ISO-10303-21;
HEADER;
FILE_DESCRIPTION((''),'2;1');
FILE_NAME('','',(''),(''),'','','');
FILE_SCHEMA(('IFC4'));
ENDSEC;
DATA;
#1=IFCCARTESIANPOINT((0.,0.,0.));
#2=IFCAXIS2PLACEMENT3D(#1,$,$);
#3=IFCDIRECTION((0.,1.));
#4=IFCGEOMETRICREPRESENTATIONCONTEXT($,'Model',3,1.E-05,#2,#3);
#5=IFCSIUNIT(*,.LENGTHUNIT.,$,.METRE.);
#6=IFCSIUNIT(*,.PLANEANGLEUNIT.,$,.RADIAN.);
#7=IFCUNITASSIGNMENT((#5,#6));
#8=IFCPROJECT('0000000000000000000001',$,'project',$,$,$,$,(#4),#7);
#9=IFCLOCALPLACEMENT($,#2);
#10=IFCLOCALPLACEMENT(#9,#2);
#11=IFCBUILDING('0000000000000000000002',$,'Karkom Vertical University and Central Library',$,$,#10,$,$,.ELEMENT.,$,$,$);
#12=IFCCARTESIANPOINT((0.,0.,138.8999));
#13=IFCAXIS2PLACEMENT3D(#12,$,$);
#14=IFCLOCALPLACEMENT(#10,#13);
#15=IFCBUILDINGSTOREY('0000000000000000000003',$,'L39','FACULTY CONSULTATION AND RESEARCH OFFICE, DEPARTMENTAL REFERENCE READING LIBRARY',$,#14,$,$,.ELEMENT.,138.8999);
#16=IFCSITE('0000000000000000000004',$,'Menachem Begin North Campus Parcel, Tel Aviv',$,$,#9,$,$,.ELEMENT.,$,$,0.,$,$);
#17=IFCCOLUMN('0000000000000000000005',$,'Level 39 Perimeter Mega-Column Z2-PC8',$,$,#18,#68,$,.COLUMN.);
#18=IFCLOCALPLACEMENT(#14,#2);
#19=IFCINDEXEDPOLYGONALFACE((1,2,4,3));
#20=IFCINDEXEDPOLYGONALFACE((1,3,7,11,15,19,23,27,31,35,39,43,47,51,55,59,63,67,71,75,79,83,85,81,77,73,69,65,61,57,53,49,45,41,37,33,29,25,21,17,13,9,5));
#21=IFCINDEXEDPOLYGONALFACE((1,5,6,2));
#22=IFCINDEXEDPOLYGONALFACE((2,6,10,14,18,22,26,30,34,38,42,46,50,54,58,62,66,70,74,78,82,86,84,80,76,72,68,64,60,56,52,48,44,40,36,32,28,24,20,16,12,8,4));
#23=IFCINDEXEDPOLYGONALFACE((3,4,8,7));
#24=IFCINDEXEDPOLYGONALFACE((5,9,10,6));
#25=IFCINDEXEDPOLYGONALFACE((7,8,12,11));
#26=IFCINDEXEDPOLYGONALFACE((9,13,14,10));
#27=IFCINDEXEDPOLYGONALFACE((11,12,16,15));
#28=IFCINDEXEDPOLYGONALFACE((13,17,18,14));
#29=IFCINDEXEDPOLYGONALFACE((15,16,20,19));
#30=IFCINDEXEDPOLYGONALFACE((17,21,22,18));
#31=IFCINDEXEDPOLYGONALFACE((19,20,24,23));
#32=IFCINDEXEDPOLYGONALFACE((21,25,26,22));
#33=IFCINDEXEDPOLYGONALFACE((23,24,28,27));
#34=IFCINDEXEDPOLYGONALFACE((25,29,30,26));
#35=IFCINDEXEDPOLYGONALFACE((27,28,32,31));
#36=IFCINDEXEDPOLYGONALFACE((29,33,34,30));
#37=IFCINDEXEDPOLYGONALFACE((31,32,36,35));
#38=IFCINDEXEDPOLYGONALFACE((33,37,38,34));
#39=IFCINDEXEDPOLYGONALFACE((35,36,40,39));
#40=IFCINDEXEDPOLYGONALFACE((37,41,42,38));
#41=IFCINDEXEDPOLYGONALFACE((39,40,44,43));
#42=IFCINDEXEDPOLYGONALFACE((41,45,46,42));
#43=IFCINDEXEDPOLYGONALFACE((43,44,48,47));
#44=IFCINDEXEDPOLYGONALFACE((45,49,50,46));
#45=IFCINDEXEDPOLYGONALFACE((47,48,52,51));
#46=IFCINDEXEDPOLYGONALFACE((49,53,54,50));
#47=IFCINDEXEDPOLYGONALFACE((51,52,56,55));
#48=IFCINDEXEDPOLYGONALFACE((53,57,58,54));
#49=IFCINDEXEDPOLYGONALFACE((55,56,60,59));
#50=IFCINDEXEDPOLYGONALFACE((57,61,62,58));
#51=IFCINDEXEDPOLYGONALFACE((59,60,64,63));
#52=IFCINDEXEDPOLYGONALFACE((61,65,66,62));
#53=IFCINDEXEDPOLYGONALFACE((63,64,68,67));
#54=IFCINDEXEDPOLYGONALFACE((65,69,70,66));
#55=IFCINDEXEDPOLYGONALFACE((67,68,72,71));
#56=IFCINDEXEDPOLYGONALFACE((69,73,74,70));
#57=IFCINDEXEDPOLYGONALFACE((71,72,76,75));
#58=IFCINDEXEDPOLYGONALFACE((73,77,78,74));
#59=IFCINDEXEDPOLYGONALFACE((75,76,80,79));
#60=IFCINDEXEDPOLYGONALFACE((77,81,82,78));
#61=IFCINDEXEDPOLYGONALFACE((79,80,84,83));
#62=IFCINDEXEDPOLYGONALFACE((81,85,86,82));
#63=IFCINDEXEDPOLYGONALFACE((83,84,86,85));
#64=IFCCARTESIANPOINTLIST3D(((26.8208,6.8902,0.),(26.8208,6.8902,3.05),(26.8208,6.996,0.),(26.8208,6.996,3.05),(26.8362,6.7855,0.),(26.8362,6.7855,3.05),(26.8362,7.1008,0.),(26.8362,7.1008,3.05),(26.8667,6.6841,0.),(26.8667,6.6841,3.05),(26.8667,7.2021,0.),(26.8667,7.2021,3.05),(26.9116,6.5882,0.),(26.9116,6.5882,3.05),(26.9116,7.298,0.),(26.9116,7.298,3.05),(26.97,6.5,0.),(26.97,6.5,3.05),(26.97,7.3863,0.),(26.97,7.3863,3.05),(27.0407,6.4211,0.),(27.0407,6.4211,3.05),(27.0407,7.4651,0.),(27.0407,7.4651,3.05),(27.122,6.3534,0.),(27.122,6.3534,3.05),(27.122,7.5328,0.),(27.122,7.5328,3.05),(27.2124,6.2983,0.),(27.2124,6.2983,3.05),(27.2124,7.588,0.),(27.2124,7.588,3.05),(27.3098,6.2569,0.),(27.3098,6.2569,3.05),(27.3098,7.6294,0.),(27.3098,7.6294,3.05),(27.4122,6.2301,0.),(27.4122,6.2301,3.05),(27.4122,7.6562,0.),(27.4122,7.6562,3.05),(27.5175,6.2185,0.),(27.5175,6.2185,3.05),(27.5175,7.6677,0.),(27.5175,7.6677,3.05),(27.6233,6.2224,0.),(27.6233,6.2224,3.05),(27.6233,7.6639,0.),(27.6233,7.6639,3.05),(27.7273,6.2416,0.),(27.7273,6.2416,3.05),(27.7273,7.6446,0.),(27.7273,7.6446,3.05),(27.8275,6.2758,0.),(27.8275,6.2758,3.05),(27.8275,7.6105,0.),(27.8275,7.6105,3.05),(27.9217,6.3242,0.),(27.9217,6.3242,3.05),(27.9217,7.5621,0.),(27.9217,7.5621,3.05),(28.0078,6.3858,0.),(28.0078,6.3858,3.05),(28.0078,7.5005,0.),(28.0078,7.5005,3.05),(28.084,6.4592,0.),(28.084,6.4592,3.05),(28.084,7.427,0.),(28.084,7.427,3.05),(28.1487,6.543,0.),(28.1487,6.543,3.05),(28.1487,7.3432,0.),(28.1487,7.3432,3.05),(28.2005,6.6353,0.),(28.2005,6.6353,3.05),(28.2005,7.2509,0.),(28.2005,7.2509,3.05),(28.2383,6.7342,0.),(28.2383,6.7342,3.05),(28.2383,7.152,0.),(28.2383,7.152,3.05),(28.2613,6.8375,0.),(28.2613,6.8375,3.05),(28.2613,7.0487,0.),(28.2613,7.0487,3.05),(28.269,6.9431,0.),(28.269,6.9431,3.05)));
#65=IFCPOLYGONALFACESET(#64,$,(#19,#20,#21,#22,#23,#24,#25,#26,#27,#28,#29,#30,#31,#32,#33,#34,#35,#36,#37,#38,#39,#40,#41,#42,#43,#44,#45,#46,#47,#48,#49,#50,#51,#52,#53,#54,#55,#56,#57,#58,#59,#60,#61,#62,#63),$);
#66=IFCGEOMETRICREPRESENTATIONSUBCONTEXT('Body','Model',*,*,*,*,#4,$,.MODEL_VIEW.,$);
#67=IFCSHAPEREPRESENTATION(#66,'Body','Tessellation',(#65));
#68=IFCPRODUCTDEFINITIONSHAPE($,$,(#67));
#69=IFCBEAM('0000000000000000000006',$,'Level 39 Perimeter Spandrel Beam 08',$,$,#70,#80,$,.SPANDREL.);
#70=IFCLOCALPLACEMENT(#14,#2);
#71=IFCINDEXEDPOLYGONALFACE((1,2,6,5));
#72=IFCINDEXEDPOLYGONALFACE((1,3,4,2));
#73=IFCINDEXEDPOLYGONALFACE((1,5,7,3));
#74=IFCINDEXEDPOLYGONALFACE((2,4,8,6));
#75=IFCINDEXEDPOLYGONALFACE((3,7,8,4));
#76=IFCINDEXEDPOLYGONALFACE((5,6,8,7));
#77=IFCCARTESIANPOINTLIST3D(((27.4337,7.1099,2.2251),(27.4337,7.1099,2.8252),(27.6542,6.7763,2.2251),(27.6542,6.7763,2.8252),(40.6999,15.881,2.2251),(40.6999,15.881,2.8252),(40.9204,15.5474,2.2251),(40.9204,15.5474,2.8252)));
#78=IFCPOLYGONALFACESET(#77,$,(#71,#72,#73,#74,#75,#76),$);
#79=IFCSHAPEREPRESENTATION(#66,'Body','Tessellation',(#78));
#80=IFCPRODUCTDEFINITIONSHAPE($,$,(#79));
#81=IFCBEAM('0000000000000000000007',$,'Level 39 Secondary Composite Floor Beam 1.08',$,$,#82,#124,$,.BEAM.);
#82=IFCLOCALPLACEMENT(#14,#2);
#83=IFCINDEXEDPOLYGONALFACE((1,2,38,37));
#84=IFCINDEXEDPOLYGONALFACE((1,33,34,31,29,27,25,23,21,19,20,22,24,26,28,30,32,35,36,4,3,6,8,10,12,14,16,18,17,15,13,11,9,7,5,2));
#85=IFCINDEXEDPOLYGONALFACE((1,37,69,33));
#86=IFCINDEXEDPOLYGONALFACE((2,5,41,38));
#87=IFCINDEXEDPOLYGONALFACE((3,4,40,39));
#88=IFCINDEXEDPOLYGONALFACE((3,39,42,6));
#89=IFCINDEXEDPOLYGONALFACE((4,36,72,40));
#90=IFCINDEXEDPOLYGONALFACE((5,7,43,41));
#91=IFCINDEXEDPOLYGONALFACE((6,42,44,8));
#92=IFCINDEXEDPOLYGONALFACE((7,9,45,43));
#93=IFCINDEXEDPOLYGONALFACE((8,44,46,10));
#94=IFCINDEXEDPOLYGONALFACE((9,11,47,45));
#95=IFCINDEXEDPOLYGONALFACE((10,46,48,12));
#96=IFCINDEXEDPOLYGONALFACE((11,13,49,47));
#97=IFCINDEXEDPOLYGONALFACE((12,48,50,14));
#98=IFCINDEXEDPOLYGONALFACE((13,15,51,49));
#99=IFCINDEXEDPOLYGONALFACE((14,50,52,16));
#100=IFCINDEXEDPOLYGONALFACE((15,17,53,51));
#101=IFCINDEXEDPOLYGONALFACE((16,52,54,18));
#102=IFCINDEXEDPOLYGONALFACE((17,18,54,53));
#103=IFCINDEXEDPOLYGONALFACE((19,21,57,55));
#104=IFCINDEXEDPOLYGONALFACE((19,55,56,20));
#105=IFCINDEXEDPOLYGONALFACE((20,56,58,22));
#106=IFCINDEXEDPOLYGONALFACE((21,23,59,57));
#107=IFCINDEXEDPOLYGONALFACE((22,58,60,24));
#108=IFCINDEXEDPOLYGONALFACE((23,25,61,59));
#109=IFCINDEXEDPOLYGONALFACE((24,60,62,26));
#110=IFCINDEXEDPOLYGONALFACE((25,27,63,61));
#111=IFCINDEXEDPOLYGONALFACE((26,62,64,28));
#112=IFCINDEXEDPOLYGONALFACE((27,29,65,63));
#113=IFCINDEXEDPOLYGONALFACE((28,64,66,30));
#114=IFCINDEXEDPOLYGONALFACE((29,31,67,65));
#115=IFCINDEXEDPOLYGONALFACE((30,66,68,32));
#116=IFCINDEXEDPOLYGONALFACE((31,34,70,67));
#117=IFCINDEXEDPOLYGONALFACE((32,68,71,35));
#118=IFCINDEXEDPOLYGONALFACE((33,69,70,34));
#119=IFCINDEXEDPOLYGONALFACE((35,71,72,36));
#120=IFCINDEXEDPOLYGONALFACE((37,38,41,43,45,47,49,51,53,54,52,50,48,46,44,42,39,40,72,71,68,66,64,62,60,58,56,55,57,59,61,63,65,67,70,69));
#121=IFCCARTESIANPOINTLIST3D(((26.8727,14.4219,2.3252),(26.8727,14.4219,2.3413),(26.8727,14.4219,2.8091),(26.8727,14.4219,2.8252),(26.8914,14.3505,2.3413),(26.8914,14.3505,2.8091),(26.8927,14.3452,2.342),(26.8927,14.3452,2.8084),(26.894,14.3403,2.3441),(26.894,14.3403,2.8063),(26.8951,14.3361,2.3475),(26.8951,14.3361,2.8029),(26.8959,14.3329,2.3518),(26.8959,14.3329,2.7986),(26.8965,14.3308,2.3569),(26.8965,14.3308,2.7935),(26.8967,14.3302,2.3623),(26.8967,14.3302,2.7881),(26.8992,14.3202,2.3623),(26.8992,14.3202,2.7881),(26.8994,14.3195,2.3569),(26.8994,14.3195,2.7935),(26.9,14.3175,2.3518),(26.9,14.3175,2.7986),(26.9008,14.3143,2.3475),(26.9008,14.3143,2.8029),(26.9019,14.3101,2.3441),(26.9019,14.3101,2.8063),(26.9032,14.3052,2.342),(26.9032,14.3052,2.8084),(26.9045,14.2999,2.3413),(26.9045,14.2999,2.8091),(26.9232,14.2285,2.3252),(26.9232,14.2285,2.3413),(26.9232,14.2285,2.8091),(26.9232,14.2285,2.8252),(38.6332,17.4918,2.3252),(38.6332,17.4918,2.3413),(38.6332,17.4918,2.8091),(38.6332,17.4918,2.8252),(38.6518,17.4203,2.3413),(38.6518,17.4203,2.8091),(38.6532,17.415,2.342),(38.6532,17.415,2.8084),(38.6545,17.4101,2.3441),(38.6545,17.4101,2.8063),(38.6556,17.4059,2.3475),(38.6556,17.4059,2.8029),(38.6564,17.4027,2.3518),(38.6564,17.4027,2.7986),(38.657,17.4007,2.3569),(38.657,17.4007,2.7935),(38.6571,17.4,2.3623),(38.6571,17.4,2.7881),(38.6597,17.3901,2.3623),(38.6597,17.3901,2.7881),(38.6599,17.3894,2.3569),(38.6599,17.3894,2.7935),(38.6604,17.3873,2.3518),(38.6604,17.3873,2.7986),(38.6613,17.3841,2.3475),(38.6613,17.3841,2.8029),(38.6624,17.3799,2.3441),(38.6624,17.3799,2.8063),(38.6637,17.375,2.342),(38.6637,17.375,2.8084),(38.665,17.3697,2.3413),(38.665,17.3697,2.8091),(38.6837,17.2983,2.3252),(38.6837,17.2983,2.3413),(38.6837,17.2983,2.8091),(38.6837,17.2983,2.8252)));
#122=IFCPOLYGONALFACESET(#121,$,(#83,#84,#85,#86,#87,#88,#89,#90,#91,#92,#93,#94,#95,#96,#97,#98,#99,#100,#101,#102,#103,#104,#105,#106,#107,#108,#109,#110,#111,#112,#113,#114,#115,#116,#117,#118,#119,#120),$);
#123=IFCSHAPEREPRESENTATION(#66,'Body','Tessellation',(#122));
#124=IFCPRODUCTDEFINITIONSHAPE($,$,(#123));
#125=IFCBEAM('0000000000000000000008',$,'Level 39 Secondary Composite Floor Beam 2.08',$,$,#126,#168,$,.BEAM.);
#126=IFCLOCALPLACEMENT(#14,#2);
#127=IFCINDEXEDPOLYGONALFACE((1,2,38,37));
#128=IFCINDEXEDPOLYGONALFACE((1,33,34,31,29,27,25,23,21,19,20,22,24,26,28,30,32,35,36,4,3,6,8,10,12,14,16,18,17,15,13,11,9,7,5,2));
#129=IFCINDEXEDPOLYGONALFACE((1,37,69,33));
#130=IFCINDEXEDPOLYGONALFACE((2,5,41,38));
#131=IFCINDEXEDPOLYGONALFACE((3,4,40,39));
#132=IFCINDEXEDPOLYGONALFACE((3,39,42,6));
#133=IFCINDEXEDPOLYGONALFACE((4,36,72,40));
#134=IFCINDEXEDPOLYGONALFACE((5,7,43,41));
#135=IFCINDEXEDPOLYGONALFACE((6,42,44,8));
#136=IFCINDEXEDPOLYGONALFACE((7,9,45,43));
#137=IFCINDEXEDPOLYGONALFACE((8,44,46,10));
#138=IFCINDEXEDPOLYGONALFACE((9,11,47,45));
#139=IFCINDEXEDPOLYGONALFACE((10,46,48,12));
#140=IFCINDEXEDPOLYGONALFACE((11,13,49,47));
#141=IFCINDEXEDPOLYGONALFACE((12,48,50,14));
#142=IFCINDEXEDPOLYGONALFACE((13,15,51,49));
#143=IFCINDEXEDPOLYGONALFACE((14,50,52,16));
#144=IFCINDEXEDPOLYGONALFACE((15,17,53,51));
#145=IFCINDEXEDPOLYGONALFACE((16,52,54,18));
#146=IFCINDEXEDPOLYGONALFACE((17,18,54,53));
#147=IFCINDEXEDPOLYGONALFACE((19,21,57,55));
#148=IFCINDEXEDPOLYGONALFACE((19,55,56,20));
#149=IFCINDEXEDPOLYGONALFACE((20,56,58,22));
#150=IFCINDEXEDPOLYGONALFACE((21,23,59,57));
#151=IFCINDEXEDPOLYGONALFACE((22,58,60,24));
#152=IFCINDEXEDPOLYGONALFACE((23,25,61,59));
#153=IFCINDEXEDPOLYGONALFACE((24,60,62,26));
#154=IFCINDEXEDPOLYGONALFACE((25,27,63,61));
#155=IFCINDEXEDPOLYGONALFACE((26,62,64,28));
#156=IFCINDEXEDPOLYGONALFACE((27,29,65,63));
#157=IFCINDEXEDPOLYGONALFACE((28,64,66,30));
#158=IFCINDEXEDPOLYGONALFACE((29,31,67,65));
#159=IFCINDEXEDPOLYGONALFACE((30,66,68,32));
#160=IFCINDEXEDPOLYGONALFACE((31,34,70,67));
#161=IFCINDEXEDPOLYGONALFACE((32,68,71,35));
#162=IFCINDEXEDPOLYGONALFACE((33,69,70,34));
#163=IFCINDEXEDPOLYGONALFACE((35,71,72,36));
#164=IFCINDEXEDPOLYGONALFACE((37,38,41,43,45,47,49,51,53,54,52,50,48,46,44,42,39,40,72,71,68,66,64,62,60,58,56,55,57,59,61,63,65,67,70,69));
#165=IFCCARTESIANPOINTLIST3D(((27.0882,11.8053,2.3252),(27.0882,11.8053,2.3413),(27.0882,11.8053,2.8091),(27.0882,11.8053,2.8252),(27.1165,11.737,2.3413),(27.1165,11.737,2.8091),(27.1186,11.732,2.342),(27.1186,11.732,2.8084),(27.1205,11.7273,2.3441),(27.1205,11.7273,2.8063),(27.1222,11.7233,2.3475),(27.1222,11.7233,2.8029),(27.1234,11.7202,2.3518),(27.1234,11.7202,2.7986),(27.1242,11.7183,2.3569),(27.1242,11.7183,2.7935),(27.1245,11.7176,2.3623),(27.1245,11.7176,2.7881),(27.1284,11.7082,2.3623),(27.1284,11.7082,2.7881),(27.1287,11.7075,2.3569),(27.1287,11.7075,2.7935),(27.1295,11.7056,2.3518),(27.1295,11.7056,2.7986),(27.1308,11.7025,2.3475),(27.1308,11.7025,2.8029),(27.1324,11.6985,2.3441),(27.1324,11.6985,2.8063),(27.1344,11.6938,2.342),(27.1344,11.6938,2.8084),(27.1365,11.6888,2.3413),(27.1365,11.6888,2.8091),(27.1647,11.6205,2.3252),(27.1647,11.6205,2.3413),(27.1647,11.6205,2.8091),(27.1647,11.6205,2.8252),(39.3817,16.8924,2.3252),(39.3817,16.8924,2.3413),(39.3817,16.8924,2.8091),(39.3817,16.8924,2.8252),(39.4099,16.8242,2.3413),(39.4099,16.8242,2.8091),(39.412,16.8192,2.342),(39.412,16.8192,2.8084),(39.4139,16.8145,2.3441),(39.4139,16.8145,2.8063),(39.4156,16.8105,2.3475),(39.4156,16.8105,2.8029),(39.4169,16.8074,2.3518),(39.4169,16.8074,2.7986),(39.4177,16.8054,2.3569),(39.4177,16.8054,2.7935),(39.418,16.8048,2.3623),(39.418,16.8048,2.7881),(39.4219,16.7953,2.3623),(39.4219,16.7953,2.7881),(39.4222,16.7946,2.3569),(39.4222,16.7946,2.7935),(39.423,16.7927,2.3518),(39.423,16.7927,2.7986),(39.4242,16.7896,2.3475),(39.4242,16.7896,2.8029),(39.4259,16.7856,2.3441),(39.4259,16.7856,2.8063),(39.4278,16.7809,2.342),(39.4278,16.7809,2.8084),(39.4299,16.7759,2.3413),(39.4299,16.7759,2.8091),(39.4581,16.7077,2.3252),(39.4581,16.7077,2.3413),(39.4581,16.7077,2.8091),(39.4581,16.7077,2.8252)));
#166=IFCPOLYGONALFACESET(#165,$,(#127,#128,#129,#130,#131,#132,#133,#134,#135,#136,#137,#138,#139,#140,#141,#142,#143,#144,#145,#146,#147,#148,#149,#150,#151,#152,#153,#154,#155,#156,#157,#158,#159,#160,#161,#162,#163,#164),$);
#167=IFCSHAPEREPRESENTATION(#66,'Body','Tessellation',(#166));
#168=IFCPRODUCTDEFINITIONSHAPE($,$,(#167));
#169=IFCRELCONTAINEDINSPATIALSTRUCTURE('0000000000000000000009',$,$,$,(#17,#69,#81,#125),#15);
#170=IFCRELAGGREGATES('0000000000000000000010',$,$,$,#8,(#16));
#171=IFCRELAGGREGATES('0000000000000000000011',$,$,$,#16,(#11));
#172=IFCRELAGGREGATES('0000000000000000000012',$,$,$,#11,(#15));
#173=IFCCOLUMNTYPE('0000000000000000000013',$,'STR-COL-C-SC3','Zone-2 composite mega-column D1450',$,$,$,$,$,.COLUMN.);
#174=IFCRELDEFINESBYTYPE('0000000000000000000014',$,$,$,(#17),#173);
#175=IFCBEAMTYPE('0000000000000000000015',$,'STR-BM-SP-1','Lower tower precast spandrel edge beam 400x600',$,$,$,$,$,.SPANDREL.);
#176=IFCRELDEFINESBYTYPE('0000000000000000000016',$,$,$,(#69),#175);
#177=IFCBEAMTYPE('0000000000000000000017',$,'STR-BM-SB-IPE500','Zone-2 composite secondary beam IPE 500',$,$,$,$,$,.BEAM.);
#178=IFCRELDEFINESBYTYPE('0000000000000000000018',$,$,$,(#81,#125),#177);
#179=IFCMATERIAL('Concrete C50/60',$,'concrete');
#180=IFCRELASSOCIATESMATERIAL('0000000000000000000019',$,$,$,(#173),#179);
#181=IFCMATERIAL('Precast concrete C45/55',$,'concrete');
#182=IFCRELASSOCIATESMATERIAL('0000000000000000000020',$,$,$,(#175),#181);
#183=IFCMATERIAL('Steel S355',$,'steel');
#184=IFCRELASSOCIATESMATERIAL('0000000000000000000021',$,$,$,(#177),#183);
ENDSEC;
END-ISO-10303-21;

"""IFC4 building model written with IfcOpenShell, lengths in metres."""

from ifc_helpers import new_model, si_unit, direction, frame, origin, origin_with_axes, origin_2d, place, context, subcontext, project, spatial, rectangle, circle, i_section, extrude, source, transform, mapped, material, material_profile, profile_set, type_object, element, save


model = new_model("IFC4")

# Units and contexts
model_context = context("Model", 3, precision=1e-05, world=origin(), true_north=direction((0.0, 1.0)))
body_context = subcontext(model_context, "Body", "Model", "MODEL_VIEW")
ifc_project = project(units=[si_unit("LENGTHUNIT", "METRE"), si_unit("PLANEANGLEUNIT", "RADIAN")], contexts=[model_context])

# Site, building, storey
site_placement = place(None, origin())
site = spatial("IfcSite", under=ifc_project, at=site_placement, Name="Menachem Begin North Campus Parcel, Tel Aviv", CompositionType="ELEMENT", RefElevation=0.0)
building_placement = place(site_placement, origin())
building = spatial("IfcBuilding", under=site, at=building_placement, Name="Karkom Vertical University and Central Library", CompositionType="ELEMENT")
storey_placement = place(building_placement, frame((0.0, 0.0, 138.8999)))
storey = spatial("IfcBuildingStorey", under=building, at=storey_placement, Name="L39", Description="FACULTY CONSULTATION AND RESEARCH OFFICE, DEPARTMENTAL REFERENCE READING LIBRARY", CompositionType="ELEMENT", Elevation=138.8999)

# Column
ifc_material_1 = material(Name="Concrete C50/60", Category="concrete")
ifc_material_profile_1 = material_profile(ifc_material_1, circle(Radius=0.7251, at=origin_2d()), Name="CFT-D1450")
ifc_profile_set_1 = profile_set([ifc_material_profile_1], Name="Concrete C50/60")
column_type = type_object("IfcColumnType", Name="STR-COL-C-SC3", Description="Zone-2 composite mega-column D1450", PredefinedType="COLUMN", material=ifc_profile_set_1)
shared_shape_1 = source(origin_with_axes(), body_context, "Body", "SweptSolid", [
    extrude(circle(Radius=0.7251, at=origin_2d()), origin(), (0.0, 0.0, 1.0), 3.05),
])
column_placement = place(storey_placement, frame((27.5439, 6.9431, 0.0), z_axis=(0.0, 0.0, 1.0), x_axis=(1.0, 0.0, 0.0)))
element("IfcColumn", 1, at=column_placement, inside=storey, type_object=column_type, Name="Level 39 Perimeter Mega-Column Z2-PC8", PredefinedType="COLUMN", context=body_context, shape_type="MappedRepresentation", body=[
    mapped(shared_shape_1, transform((0.0, 0.0, 0.0), scale=1.0)),
])

# Beams
ifc_material_2 = material(Name="Precast concrete C45/55", Category="concrete")
ifc_material_profile_2 = material_profile(ifc_material_2, rectangle(XDim=0.3999, YDim=0.6001, at=origin_2d()), Name="SPB-400x600")
ifc_profile_set_2 = profile_set([ifc_material_profile_2], Name="Precast concrete C45/55")
beam_type_1 = type_object("IfcBeamType", Name="STR-BM-SP-1", Description="Lower tower precast spandrel edge beam 400x600", PredefinedType="SPANDREL", material=ifc_profile_set_2)
shared_shape_2 = source(origin_with_axes(), body_context, "Body", "SweptSolid", [
    extrude(rectangle(XDim=0.3999, YDim=0.6001, at=origin_2d()), origin(), (0.0, 0.0, 1.0), 15.9036),
])
beam_1_placement = place(storey_placement, frame((27.5439, 6.9431, 2.5251), z_axis=(0.834165, 0.551515, 0.0), x_axis=(-0.551515, 0.834165, 0.0)))
element("IfcBeam", 2, at=beam_1_placement, inside=storey, type_object=beam_type_1, Name="Level 39 Perimeter Spandrel Beam 08", PredefinedType="SPANDREL", context=body_context, shape_type="MappedRepresentation", body=[
    mapped(shared_shape_2, transform((0.0, 0.0, 0.0), scale=1.0)),
])
ifc_material_3 = material(Name="Steel S355", Category="steel")
ifc_material_profile_3 = material_profile(ifc_material_3, i_section(OverallWidth=0.2, OverallDepth=0.5, WebThickness=0.0103, FlangeThickness=0.0161, FilletRadius=0.021, at=origin_2d()), Name="IPE 500")
ifc_profile_set_3 = profile_set([ifc_material_profile_3], Name="Steel S355")
beam_type_2 = type_object("IfcBeamType", Name="STR-BM-SB-IPE500", Description="Zone-2 composite secondary beam IPE 500", PredefinedType="BEAM", material=ifc_profile_set_3)
shared_shape_3 = source(origin_with_axes(), body_context, "Body", "SweptSolid", [
    extrude(i_section(OverallWidth=0.2, OverallDepth=0.5, WebThickness=0.0103, FlangeThickness=0.0161, FilletRadius=0.021, at=origin_2d()), origin(), (0.0, 0.0, 1.0), 12.1545),
])
beam_2_placement = place(storey_placement, frame((26.8979, 14.3252, 2.5752), z_axis=(0.96758, 0.252566, 0.0), x_axis=(-0.252566, 0.96758, 0.0)))
element("IfcBeam", 3, at=beam_2_placement, inside=storey, type_object=beam_type_2, Name="Level 39 Secondary Composite Floor Beam 1.08", PredefinedType="BEAM", context=body_context, shape_type="MappedRepresentation", body=[
    mapped(shared_shape_3, transform((0.0, 0.0, 0.0), scale=1.0)),
])
shared_shape_4 = source(origin_with_axes(), body_context, "Body", "SweptSolid", [
    extrude(i_section(OverallWidth=0.2, OverallDepth=0.5, WebThickness=0.0103, FlangeThickness=0.0161, FilletRadius=0.021, at=origin_2d()), origin(), (0.0, 0.0, 1.0), 13.3044),
])
beam_3_placement = place(storey_placement, frame((27.1265, 11.7129, 2.5752), z_axis=(0.924011, 0.382365, 0.0), x_axis=(-0.382365, 0.924011, 0.0)))
element("IfcBeam", 4, at=beam_3_placement, inside=storey, type_object=beam_type_2, Name="Level 39 Secondary Composite Floor Beam 2.08", PredefinedType="BEAM", context=body_context, shape_type="MappedRepresentation", body=[
    mapped(shared_shape_4, transform((0.0, 0.0, 0.0), scale=1.0)),
])

save(model, "model.ifc")
